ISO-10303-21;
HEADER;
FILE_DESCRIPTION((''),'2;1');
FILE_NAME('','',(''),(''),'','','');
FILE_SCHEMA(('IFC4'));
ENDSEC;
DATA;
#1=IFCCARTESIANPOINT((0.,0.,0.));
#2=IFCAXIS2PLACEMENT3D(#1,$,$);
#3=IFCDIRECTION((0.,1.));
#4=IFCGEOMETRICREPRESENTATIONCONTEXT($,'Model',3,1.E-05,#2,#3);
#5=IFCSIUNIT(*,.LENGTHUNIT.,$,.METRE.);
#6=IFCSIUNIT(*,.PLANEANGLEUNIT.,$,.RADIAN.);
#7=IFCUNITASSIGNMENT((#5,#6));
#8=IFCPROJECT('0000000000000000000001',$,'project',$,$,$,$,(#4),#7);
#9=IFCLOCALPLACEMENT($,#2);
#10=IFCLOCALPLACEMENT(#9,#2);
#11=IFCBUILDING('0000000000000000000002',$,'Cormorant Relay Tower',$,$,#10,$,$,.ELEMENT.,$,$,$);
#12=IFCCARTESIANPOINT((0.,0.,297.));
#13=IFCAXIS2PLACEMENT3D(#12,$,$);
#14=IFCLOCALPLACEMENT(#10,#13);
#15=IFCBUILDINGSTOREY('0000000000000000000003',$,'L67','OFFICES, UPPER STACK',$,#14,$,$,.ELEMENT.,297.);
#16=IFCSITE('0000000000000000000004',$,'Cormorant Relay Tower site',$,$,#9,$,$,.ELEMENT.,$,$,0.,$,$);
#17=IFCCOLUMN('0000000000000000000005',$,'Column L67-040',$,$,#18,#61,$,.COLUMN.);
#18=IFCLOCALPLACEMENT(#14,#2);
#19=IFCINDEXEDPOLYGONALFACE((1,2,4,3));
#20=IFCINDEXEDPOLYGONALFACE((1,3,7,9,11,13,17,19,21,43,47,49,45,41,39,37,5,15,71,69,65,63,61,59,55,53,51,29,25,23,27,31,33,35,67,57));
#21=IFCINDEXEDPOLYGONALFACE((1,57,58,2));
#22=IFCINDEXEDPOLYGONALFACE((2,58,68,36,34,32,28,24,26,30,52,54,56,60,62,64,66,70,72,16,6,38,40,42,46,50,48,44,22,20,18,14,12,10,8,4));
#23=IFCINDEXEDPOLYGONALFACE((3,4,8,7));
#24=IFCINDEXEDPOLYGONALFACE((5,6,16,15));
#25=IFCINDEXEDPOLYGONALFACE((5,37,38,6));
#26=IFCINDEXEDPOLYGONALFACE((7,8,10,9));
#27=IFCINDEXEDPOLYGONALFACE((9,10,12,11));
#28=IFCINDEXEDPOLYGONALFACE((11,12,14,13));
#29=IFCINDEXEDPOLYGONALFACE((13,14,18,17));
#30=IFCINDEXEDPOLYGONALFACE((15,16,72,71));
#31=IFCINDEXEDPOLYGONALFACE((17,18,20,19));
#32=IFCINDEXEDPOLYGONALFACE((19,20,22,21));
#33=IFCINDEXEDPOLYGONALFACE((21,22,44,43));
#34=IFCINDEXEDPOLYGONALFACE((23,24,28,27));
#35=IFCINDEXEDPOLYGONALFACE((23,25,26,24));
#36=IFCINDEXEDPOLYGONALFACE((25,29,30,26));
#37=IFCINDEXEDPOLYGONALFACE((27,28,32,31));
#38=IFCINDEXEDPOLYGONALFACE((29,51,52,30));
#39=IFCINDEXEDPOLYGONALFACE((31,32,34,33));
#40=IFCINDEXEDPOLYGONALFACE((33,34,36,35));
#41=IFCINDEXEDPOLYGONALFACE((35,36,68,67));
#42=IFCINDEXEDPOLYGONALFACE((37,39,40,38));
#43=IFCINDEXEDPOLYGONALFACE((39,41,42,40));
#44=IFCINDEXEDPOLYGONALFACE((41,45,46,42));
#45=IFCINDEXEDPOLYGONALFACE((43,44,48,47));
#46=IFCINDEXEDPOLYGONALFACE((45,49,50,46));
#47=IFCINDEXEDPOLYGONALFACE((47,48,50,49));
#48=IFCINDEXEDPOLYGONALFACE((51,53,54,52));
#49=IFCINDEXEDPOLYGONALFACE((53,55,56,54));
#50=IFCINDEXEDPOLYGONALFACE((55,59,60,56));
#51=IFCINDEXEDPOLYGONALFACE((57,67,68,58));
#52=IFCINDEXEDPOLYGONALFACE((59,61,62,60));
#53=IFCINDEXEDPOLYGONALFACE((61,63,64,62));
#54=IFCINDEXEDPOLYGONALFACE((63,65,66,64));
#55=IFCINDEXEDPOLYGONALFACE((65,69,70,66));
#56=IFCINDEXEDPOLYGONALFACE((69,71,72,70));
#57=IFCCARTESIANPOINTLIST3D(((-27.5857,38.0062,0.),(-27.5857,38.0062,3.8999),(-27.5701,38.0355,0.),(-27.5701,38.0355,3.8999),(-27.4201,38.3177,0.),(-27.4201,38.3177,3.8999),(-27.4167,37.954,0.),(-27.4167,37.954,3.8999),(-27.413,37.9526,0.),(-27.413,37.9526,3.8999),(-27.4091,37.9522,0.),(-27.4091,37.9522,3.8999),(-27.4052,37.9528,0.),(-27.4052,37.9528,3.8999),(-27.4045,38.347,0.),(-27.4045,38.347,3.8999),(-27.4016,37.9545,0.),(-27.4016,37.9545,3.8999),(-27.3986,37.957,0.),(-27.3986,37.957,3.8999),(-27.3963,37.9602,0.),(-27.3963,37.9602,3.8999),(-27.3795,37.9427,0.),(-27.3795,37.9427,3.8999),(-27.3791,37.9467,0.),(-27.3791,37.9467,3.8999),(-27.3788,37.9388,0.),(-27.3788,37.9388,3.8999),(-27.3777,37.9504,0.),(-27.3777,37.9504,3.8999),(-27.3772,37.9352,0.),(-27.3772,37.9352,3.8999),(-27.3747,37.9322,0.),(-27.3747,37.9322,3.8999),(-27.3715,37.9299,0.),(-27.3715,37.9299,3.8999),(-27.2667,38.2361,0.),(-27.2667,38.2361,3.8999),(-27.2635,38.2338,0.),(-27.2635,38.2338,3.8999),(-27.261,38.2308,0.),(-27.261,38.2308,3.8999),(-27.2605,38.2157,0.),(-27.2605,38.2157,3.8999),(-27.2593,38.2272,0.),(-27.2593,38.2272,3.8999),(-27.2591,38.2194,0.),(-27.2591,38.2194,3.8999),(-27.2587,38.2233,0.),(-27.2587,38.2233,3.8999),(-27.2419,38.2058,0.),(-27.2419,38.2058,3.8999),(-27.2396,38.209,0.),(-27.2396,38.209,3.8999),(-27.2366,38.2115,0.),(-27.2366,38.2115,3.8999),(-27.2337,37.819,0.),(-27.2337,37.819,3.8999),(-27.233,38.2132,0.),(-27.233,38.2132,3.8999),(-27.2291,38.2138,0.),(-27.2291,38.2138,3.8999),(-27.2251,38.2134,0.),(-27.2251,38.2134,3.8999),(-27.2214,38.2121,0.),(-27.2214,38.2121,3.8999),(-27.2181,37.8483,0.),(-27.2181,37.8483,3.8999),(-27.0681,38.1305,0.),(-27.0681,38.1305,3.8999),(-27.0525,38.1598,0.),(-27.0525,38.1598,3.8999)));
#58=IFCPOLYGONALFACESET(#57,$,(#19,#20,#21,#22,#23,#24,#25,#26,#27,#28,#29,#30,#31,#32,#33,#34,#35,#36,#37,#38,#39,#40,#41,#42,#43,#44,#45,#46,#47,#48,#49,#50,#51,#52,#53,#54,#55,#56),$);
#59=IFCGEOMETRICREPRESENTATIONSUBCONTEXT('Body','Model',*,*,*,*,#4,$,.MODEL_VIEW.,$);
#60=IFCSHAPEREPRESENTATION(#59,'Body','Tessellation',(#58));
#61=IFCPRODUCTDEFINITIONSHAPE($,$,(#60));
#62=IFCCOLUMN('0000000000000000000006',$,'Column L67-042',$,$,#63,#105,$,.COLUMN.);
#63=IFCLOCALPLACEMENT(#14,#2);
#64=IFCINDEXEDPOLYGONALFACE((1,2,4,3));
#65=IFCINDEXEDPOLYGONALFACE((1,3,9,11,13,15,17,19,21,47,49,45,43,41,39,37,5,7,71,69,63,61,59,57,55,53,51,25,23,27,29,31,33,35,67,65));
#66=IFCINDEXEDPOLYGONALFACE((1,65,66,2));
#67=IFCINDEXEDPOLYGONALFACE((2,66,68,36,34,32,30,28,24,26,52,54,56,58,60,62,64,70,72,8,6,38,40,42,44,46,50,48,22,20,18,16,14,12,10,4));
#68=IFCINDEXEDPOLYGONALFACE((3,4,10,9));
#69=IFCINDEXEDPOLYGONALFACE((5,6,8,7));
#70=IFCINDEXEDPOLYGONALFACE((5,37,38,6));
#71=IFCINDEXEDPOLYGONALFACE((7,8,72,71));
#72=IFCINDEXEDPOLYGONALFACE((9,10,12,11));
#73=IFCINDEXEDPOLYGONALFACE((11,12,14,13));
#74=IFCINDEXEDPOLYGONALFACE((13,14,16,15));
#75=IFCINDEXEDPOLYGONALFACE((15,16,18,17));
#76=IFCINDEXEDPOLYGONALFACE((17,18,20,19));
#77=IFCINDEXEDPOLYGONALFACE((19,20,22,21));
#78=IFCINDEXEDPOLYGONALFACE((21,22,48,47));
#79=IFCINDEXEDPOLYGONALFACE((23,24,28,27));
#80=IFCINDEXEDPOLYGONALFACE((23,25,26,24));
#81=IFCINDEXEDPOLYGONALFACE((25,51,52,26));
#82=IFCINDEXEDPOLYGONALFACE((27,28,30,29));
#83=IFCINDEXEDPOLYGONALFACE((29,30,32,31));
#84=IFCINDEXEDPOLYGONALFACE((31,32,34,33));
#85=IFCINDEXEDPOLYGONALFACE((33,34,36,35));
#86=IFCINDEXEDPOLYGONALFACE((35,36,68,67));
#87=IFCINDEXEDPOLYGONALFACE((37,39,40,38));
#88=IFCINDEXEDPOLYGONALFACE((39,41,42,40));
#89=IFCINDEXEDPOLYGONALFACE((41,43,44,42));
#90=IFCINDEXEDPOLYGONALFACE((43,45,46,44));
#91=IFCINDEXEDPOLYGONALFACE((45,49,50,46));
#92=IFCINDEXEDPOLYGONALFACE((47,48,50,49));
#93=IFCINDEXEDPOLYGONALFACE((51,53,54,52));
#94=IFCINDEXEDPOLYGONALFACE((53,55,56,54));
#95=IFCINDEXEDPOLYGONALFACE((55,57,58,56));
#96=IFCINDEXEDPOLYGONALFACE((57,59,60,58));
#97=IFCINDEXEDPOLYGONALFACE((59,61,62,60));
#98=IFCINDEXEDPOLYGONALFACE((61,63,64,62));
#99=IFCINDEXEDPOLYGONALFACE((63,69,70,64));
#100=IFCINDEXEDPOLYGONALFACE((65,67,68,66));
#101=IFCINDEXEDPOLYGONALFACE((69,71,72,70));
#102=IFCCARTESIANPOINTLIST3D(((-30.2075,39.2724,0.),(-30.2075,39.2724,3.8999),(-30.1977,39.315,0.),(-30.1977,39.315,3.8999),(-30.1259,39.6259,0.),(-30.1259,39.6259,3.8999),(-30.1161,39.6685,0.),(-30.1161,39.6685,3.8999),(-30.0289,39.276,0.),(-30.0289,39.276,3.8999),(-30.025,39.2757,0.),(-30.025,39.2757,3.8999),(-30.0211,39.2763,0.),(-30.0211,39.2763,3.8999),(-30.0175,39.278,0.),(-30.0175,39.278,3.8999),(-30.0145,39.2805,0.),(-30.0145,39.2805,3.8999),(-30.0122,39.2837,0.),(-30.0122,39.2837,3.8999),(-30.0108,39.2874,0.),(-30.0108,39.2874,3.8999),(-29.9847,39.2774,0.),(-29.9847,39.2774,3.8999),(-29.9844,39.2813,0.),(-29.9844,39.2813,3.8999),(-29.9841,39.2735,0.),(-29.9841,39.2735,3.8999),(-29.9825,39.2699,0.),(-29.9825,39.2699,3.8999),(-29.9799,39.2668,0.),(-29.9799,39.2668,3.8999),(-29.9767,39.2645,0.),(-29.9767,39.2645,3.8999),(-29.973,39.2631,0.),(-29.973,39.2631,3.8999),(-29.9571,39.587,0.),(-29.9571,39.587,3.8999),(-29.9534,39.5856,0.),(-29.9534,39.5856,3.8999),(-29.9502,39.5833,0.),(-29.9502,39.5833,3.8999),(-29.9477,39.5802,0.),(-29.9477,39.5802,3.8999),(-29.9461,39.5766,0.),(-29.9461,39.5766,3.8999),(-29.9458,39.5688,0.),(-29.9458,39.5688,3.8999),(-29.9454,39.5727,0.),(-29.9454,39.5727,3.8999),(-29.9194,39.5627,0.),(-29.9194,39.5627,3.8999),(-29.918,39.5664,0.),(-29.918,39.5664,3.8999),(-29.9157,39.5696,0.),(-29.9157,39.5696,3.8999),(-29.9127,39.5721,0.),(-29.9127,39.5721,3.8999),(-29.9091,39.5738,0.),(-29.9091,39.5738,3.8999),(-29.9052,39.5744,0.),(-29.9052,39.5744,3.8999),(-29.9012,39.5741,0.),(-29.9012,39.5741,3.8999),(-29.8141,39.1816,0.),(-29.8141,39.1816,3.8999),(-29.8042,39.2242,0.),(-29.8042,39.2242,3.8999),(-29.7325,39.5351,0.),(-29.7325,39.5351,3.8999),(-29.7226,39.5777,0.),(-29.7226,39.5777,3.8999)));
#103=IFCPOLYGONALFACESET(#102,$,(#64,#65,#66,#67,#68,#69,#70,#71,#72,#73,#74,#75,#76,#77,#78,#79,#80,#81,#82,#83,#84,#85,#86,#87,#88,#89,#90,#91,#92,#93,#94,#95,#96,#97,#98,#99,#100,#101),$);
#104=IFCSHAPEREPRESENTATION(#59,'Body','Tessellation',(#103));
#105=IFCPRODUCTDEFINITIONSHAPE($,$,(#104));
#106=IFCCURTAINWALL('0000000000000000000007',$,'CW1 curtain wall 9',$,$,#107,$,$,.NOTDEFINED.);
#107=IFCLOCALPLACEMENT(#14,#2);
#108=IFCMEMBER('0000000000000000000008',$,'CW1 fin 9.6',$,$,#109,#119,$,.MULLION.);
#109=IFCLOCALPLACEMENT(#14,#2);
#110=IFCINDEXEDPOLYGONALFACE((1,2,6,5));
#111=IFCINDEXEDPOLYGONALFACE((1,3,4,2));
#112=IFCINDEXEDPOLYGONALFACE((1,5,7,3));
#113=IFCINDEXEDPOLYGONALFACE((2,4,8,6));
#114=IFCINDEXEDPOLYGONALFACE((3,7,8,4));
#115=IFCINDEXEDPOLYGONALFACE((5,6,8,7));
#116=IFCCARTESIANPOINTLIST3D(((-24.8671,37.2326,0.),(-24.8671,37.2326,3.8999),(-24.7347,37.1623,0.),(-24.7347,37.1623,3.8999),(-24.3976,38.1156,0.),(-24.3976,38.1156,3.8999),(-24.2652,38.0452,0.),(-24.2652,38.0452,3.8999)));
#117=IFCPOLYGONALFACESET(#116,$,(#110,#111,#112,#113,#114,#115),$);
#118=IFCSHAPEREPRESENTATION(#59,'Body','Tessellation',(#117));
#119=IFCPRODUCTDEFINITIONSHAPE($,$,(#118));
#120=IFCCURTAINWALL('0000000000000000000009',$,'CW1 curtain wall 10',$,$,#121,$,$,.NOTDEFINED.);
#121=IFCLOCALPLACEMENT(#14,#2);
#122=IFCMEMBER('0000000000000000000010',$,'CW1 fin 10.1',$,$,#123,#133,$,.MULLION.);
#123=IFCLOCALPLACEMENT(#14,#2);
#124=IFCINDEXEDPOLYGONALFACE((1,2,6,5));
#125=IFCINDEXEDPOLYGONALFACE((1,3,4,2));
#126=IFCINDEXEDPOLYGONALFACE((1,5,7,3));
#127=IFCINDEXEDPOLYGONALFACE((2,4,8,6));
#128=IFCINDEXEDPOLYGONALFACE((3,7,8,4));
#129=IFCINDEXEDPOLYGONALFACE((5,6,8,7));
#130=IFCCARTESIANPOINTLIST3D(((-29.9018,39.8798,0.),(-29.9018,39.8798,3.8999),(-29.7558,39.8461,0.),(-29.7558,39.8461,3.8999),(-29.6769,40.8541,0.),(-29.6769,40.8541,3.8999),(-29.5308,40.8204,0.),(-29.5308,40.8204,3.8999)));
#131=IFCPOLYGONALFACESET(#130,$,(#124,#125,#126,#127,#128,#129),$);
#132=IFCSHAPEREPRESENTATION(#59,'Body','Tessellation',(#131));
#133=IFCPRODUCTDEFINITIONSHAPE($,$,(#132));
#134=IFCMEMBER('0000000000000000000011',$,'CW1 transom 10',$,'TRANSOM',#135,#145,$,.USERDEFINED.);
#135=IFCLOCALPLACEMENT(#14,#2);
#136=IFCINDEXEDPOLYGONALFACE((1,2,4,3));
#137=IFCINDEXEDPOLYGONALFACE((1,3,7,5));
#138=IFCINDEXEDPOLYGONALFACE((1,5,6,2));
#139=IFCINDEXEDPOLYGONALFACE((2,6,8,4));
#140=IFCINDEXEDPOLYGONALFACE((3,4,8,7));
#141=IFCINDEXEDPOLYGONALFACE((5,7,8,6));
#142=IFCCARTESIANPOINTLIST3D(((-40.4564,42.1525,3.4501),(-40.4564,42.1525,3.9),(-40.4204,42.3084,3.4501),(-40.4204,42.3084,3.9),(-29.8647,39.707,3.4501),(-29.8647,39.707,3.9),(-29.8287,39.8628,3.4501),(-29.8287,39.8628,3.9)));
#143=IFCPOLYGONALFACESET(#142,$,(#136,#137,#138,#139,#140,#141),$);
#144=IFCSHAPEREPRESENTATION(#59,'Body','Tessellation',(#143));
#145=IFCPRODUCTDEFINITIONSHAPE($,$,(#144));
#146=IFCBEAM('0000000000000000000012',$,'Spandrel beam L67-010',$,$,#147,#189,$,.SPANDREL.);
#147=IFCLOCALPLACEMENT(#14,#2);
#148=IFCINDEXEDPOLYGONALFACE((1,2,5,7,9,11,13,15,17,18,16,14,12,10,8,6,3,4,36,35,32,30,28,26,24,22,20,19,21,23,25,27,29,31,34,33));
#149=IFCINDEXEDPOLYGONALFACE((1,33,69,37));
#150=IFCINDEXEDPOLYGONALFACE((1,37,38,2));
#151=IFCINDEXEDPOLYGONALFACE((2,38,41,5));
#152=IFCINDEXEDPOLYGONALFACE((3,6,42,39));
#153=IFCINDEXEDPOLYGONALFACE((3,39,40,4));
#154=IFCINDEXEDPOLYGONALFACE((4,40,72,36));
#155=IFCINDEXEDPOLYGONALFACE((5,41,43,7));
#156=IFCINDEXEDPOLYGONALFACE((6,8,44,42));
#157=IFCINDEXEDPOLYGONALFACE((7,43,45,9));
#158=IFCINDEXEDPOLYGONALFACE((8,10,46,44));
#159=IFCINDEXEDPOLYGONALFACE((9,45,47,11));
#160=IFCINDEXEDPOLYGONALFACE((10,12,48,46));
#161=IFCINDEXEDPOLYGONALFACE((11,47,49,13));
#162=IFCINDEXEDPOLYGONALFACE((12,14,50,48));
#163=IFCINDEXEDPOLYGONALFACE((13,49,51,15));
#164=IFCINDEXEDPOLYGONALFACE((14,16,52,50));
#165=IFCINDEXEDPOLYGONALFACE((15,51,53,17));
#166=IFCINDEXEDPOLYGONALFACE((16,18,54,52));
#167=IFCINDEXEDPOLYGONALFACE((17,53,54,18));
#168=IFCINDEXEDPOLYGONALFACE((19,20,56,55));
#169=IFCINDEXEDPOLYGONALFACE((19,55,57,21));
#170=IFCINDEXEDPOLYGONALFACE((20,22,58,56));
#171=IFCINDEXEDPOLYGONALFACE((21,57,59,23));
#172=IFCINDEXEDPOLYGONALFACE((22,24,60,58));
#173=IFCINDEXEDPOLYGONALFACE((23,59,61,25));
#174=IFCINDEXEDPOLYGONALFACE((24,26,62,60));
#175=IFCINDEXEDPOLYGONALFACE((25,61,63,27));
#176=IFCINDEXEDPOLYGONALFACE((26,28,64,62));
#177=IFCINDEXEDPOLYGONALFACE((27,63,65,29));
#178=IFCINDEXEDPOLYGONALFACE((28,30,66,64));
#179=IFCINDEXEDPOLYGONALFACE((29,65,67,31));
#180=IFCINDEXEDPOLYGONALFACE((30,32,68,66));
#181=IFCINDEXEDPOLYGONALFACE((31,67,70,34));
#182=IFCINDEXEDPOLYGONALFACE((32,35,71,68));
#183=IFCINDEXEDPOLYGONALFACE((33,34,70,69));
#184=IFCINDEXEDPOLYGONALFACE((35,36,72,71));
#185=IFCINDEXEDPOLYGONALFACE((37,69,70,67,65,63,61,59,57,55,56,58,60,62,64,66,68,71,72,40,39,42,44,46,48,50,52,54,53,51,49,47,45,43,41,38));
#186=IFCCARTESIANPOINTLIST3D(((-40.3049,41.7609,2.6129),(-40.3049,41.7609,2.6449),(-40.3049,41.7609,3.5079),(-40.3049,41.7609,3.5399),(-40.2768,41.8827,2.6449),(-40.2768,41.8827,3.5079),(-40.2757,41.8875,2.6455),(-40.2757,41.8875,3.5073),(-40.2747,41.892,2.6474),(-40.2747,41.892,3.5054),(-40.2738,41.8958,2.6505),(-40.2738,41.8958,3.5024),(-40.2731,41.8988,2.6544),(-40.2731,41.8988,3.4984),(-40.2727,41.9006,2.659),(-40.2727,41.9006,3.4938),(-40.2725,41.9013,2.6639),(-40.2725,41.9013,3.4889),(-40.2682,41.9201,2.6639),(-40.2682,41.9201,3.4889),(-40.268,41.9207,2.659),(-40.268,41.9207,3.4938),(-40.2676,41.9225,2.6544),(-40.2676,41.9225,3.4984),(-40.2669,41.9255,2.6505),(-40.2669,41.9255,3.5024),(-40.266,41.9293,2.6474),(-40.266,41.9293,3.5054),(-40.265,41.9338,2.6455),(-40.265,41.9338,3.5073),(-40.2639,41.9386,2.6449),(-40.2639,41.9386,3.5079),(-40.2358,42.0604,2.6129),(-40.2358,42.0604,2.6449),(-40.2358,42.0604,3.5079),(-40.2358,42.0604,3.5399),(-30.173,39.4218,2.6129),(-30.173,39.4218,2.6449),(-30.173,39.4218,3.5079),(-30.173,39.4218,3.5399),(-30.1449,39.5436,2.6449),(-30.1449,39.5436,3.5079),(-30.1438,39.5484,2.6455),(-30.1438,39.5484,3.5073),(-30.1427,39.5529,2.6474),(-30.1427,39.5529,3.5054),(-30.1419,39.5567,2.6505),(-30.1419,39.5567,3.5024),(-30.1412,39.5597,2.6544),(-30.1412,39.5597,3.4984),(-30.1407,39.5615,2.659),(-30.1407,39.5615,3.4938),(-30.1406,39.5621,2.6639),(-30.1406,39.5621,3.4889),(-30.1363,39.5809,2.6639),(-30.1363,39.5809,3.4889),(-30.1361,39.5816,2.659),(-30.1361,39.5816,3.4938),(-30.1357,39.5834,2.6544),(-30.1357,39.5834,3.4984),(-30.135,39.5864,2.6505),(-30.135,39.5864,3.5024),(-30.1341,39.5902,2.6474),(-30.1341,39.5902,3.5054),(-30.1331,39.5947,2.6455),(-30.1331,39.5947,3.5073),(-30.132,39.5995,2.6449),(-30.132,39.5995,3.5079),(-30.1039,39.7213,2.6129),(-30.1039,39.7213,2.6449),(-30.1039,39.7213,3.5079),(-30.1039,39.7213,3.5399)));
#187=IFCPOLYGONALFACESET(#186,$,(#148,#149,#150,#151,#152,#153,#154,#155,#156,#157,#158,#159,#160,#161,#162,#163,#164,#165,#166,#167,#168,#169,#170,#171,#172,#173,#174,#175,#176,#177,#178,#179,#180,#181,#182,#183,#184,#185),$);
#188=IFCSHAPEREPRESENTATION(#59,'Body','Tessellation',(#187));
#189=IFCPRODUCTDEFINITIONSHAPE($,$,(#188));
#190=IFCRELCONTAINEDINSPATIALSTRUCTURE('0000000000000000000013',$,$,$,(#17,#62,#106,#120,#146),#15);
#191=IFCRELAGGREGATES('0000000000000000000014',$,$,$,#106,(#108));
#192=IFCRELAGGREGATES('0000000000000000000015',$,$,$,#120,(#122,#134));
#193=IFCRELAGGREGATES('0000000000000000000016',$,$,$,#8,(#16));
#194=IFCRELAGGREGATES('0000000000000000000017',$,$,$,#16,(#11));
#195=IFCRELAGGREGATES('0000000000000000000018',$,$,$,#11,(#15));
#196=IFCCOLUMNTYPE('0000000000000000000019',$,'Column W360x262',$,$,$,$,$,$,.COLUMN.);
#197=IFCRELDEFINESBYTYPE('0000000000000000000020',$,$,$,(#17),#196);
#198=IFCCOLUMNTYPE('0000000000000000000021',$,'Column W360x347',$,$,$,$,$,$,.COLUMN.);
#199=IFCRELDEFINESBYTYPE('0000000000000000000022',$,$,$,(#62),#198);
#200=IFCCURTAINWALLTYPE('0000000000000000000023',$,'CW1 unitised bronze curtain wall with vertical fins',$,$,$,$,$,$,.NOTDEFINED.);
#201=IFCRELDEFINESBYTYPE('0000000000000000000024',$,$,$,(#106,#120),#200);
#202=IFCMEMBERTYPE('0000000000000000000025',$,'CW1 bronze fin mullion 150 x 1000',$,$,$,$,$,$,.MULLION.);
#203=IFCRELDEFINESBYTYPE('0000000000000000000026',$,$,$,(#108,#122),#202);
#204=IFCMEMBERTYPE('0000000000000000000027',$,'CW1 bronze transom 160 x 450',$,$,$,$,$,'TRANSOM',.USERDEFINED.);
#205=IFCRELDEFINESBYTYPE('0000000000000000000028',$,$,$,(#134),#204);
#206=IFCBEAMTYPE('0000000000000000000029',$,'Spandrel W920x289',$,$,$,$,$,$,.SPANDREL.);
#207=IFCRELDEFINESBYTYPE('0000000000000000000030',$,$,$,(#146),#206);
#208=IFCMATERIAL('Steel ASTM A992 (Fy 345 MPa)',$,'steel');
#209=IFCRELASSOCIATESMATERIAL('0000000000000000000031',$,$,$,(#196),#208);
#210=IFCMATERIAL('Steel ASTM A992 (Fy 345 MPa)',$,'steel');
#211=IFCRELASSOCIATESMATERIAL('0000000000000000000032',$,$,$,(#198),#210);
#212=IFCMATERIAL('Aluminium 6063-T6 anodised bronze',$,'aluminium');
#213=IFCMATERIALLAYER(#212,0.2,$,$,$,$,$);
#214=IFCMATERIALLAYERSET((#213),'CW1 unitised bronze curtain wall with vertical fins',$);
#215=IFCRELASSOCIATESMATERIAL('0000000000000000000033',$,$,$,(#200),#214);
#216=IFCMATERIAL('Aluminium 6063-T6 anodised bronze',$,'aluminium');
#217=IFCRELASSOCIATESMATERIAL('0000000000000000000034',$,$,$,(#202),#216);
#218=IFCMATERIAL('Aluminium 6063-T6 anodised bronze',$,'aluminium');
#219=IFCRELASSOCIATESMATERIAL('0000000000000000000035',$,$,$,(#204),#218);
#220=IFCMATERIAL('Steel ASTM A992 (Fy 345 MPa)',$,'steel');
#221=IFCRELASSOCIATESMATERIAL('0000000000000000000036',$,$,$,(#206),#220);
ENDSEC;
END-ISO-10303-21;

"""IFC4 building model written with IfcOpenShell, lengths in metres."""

from ifc_helpers import new_model, si_unit, direction, frame, origin, origin_2d, place, context, subcontext, project, spatial, rectangle, i_section, extrude, material, layer, layer_set, material_profile, profile_set, type_object, element, aggregate, save


model = new_model("IFC4")

# Units and contexts
model_context = context("Model", 3, precision=1e-05, world=origin(), true_north=direction((0.0, 1.0)))
body_context = subcontext(model_context, "Body", "Model", "MODEL_VIEW")
ifc_project = project(units=[si_unit("LENGTHUNIT", "METRE"), si_unit("PLANEANGLEUNIT", "RADIAN")], contexts=[model_context])

# Site, building, storey
site_placement = place(None, origin())
site = spatial("IfcSite", under=ifc_project, at=site_placement, Name="Cormorant Relay Tower site", CompositionType="ELEMENT", RefElevation=0.0)
building_placement = place(site_placement, origin())
building = spatial("IfcBuilding", under=site, at=building_placement, Name="Cormorant Relay Tower", CompositionType="ELEMENT")
storey_placement = place(building_placement, frame((0.0, 0.0, 297.0)))
storey = spatial("IfcBuildingStorey", under=building, at=storey_placement, Name="L67", Description="OFFICES, UPPER STACK", CompositionType="ELEMENT", Elevation=297.0)

# Columns
ifc_material_1 = material(Name="Steel ASTM A992 (Fy 345 MPa)", Category="steel")
ifc_material_profile_1 = material_profile(ifc_material_1, i_section(OverallWidth=0.3987, OverallDepth=0.386, WebThickness=0.021, FlangeThickness=0.0332, FilletRadius=0.0151, at=origin_2d()), Name="W360x262")
ifc_profile_set_1 = profile_set([ifc_material_profile_1], Name="Steel ASTM A992 (Fy 345 MPa)")
column_type_1 = type_object("IfcColumnType", Name="Column W360x262", PredefinedType="COLUMN", material=ifc_profile_set_1)
column_1_placement = place(storey_placement, frame((-27.3191, 38.083, 0.0), z_axis=(0.0, 0.0, 1.0), x_axis=(-0.882948, 0.469472, 0.0)))
element("IfcColumn", 1, at=column_1_placement, inside=storey, type_object=column_type_1, Name="Column L67-040", PredefinedType="COLUMN", context=body_context, shape_type="SweptSolid", body=[
    extrude(i_section(OverallWidth=0.3987, OverallDepth=0.386, WebThickness=0.021, FlangeThickness=0.0332, FilletRadius=0.0151, at=origin_2d()), origin(), (0.0, 0.0, 1.0), 3.8999),
])
ifc_material_2 = material(Name="Steel ASTM A992 (Fy 345 MPa)", Category="steel")
ifc_material_profile_2 = material_profile(ifc_material_2, i_section(OverallWidth=0.4038, OverallDepth=0.4065, WebThickness=0.0271, FlangeThickness=0.0437, FilletRadius=0.0151, at=origin_2d()), Name="W360x347")
ifc_profile_set_2 = profile_set([ifc_material_profile_2], Name="Steel ASTM A992 (Fy 345 MPa)")
column_type_2 = type_object("IfcColumnType", Name="Column W360x347", PredefinedType="COLUMN", material=ifc_profile_set_2)
column_2_placement = place(storey_placement, frame((-29.9651, 39.425, 0.0), z_axis=(0.0, 0.0, 1.0), x_axis=(-0.97437, 0.224951, 0.0)))
element("IfcColumn", 2, at=column_2_placement, inside=storey, type_object=column_type_2, Name="Column L67-042", PredefinedType="COLUMN", context=body_context, shape_type="SweptSolid", body=[
    extrude(i_section(OverallWidth=0.4038, OverallDepth=0.4065, WebThickness=0.0271, FlangeThickness=0.0437, FilletRadius=0.0151, at=origin_2d()), origin(), (0.0, 0.0, 1.0), 3.8999),
])

# Curtain wall, member
ifc_material_3 = material(Name="Aluminium 6063-T6 anodised bronze", Category="aluminium")
ifc_layer_1 = layer(ifc_material_3, 0.2)
ifc_layer_set_1 = layer_set([ifc_layer_1], Name="CW1 unitised bronze curtain wall with vertical fins")
curtain_wall_type = type_object("IfcCurtainWallType", Name="CW1 unitised bronze curtain wall with vertical fins", PredefinedType="NOTDEFINED", material=ifc_layer_set_1)
curtain_wall_1_placement = place(storey_placement, origin())
curtain_wall_1 = element("IfcCurtainWall", 3, at=curtain_wall_1_placement, inside=storey, type_object=curtain_wall_type, Name="CW1 curtain wall 9", PredefinedType="NOTDEFINED")
ifc_material_4 = material(Name="Aluminium 6063-T6 anodised bronze", Category="aluminium")
ifc_material_profile_3 = material_profile(ifc_material_4, rectangle(XDim=0.1499, YDim=1.0, at=origin_2d()), Name="AL 150x1000")
ifc_profile_set_3 = profile_set([ifc_material_profile_3], Name="Aluminium 6063-T6 anodised bronze")
member_type_1 = type_object("IfcMemberType", Name="CW1 bronze fin mullion 150 x 1000", PredefinedType="MULLION", material=ifc_profile_set_3)
member_1_placement = place(storey_placement, frame((-24.5662, 37.6389, 0.0), z_axis=(0.0, 0.0, 1.0), x_axis=(-0.882948, 0.469472, 0.0)))
member_1 = element("IfcMember", 4, at=member_1_placement, type_object=member_type_1, Name="CW1 fin 9.6", PredefinedType="MULLION", context=body_context, shape_type="SweptSolid", body=[
    extrude(rectangle(XDim=0.1499, YDim=1.0, at=origin_2d()), origin(), (0.0, 0.0, 1.0), 3.8999),
])

# Curtain wall, members
curtain_wall_2_placement = place(storey_placement, origin())
curtain_wall_2 = element("IfcCurtainWall", 5, at=curtain_wall_2_placement, inside=storey, type_object=curtain_wall_type, Name="CW1 curtain wall 10", PredefinedType="NOTDEFINED")
member_2_placement = place(storey_placement, frame((-29.7163, 40.3501, 0.0), z_axis=(0.0, 0.0, 1.0), x_axis=(-0.97437, 0.224951, 0.0)))
member_2 = element("IfcMember", 6, at=member_2_placement, type_object=member_type_1, Name="CW1 fin 10.1", PredefinedType="MULLION", context=body_context, shape_type="SweptSolid", body=[
    extrude(rectangle(XDim=0.1499, YDim=1.0, at=origin_2d()), origin(), (0.0, 0.0, 1.0), 3.8999),
])
ifc_material_5 = material(Name="Aluminium 6063-T6 anodised bronze", Category="aluminium")
ifc_material_profile_4 = material_profile(ifc_material_5, rectangle(XDim=0.1599, YDim=0.45, at=origin_2d()), Name="AL 160x450")
ifc_profile_set_4 = profile_set([ifc_material_profile_4], Name="Aluminium 6063-T6 anodised bronze")
member_type_2 = type_object("IfcMemberType", Name="CW1 bronze transom 160 x 450", ElementType="TRANSOM", PredefinedType="USERDEFINED", material=ifc_profile_set_4)
member_3_placement = place(storey_placement, frame((-29.8467, 39.7849, 3.675), z_axis=(-0.974365, 0.224973, 0.0), x_axis=(-0.224973, -0.974365, 0.0)))
member_3 = element("IfcMember", 7, at=member_3_placement, type_object=member_type_2, Name="CW1 transom 10", ObjectType="TRANSOM", PredefinedType="USERDEFINED", context=body_context, shape_type="SweptSolid", body=[
    extrude(rectangle(XDim=0.1599, YDim=0.45, at=origin_2d()), origin(), (0.0, 0.0, 1.0), 10.8704),
])

# Beam
ifc_material_6 = material(Name="Steel ASTM A992 (Fy 345 MPa)", Category="steel")
ifc_material_profile_5 = material_profile(ifc_material_6, i_section(OverallWidth=0.3074, OverallDepth=0.927, WebThickness=0.0193, FlangeThickness=0.032, FilletRadius=0.019, at=origin_2d()), Name="W920x289")
ifc_profile_set_5 = profile_set([ifc_material_profile_5], Name="Steel ASTM A992 (Fy 345 MPa)")
beam_type = type_object("IfcBeamType", Name="Spandrel W920x289", PredefinedType="SPANDREL", material=ifc_profile_set_5)
beam_placement = place(storey_placement, frame((-30.1384, 39.5715, 3.0764), z_axis=(-0.97437, 0.22495, 0.0), x_axis=(-0.22495, -0.97437, 0.0)))
element("IfcBeam", 8, at=beam_placement, inside=storey, type_object=beam_type, Name="Spandrel beam L67-010", PredefinedType="SPANDREL", context=body_context, shape_type="SweptSolid", body=[
    extrude(i_section(OverallWidth=0.3074, OverallDepth=0.927, WebThickness=0.0193, FlangeThickness=0.032, FilletRadius=0.019, at=origin_2d()), origin(), (0.0, 0.0, 1.0), 10.3984),
])

aggregate(curtain_wall_1, [member_1])
aggregate(curtain_wall_2, [member_2, member_3])

save(model, "model.ifc")
